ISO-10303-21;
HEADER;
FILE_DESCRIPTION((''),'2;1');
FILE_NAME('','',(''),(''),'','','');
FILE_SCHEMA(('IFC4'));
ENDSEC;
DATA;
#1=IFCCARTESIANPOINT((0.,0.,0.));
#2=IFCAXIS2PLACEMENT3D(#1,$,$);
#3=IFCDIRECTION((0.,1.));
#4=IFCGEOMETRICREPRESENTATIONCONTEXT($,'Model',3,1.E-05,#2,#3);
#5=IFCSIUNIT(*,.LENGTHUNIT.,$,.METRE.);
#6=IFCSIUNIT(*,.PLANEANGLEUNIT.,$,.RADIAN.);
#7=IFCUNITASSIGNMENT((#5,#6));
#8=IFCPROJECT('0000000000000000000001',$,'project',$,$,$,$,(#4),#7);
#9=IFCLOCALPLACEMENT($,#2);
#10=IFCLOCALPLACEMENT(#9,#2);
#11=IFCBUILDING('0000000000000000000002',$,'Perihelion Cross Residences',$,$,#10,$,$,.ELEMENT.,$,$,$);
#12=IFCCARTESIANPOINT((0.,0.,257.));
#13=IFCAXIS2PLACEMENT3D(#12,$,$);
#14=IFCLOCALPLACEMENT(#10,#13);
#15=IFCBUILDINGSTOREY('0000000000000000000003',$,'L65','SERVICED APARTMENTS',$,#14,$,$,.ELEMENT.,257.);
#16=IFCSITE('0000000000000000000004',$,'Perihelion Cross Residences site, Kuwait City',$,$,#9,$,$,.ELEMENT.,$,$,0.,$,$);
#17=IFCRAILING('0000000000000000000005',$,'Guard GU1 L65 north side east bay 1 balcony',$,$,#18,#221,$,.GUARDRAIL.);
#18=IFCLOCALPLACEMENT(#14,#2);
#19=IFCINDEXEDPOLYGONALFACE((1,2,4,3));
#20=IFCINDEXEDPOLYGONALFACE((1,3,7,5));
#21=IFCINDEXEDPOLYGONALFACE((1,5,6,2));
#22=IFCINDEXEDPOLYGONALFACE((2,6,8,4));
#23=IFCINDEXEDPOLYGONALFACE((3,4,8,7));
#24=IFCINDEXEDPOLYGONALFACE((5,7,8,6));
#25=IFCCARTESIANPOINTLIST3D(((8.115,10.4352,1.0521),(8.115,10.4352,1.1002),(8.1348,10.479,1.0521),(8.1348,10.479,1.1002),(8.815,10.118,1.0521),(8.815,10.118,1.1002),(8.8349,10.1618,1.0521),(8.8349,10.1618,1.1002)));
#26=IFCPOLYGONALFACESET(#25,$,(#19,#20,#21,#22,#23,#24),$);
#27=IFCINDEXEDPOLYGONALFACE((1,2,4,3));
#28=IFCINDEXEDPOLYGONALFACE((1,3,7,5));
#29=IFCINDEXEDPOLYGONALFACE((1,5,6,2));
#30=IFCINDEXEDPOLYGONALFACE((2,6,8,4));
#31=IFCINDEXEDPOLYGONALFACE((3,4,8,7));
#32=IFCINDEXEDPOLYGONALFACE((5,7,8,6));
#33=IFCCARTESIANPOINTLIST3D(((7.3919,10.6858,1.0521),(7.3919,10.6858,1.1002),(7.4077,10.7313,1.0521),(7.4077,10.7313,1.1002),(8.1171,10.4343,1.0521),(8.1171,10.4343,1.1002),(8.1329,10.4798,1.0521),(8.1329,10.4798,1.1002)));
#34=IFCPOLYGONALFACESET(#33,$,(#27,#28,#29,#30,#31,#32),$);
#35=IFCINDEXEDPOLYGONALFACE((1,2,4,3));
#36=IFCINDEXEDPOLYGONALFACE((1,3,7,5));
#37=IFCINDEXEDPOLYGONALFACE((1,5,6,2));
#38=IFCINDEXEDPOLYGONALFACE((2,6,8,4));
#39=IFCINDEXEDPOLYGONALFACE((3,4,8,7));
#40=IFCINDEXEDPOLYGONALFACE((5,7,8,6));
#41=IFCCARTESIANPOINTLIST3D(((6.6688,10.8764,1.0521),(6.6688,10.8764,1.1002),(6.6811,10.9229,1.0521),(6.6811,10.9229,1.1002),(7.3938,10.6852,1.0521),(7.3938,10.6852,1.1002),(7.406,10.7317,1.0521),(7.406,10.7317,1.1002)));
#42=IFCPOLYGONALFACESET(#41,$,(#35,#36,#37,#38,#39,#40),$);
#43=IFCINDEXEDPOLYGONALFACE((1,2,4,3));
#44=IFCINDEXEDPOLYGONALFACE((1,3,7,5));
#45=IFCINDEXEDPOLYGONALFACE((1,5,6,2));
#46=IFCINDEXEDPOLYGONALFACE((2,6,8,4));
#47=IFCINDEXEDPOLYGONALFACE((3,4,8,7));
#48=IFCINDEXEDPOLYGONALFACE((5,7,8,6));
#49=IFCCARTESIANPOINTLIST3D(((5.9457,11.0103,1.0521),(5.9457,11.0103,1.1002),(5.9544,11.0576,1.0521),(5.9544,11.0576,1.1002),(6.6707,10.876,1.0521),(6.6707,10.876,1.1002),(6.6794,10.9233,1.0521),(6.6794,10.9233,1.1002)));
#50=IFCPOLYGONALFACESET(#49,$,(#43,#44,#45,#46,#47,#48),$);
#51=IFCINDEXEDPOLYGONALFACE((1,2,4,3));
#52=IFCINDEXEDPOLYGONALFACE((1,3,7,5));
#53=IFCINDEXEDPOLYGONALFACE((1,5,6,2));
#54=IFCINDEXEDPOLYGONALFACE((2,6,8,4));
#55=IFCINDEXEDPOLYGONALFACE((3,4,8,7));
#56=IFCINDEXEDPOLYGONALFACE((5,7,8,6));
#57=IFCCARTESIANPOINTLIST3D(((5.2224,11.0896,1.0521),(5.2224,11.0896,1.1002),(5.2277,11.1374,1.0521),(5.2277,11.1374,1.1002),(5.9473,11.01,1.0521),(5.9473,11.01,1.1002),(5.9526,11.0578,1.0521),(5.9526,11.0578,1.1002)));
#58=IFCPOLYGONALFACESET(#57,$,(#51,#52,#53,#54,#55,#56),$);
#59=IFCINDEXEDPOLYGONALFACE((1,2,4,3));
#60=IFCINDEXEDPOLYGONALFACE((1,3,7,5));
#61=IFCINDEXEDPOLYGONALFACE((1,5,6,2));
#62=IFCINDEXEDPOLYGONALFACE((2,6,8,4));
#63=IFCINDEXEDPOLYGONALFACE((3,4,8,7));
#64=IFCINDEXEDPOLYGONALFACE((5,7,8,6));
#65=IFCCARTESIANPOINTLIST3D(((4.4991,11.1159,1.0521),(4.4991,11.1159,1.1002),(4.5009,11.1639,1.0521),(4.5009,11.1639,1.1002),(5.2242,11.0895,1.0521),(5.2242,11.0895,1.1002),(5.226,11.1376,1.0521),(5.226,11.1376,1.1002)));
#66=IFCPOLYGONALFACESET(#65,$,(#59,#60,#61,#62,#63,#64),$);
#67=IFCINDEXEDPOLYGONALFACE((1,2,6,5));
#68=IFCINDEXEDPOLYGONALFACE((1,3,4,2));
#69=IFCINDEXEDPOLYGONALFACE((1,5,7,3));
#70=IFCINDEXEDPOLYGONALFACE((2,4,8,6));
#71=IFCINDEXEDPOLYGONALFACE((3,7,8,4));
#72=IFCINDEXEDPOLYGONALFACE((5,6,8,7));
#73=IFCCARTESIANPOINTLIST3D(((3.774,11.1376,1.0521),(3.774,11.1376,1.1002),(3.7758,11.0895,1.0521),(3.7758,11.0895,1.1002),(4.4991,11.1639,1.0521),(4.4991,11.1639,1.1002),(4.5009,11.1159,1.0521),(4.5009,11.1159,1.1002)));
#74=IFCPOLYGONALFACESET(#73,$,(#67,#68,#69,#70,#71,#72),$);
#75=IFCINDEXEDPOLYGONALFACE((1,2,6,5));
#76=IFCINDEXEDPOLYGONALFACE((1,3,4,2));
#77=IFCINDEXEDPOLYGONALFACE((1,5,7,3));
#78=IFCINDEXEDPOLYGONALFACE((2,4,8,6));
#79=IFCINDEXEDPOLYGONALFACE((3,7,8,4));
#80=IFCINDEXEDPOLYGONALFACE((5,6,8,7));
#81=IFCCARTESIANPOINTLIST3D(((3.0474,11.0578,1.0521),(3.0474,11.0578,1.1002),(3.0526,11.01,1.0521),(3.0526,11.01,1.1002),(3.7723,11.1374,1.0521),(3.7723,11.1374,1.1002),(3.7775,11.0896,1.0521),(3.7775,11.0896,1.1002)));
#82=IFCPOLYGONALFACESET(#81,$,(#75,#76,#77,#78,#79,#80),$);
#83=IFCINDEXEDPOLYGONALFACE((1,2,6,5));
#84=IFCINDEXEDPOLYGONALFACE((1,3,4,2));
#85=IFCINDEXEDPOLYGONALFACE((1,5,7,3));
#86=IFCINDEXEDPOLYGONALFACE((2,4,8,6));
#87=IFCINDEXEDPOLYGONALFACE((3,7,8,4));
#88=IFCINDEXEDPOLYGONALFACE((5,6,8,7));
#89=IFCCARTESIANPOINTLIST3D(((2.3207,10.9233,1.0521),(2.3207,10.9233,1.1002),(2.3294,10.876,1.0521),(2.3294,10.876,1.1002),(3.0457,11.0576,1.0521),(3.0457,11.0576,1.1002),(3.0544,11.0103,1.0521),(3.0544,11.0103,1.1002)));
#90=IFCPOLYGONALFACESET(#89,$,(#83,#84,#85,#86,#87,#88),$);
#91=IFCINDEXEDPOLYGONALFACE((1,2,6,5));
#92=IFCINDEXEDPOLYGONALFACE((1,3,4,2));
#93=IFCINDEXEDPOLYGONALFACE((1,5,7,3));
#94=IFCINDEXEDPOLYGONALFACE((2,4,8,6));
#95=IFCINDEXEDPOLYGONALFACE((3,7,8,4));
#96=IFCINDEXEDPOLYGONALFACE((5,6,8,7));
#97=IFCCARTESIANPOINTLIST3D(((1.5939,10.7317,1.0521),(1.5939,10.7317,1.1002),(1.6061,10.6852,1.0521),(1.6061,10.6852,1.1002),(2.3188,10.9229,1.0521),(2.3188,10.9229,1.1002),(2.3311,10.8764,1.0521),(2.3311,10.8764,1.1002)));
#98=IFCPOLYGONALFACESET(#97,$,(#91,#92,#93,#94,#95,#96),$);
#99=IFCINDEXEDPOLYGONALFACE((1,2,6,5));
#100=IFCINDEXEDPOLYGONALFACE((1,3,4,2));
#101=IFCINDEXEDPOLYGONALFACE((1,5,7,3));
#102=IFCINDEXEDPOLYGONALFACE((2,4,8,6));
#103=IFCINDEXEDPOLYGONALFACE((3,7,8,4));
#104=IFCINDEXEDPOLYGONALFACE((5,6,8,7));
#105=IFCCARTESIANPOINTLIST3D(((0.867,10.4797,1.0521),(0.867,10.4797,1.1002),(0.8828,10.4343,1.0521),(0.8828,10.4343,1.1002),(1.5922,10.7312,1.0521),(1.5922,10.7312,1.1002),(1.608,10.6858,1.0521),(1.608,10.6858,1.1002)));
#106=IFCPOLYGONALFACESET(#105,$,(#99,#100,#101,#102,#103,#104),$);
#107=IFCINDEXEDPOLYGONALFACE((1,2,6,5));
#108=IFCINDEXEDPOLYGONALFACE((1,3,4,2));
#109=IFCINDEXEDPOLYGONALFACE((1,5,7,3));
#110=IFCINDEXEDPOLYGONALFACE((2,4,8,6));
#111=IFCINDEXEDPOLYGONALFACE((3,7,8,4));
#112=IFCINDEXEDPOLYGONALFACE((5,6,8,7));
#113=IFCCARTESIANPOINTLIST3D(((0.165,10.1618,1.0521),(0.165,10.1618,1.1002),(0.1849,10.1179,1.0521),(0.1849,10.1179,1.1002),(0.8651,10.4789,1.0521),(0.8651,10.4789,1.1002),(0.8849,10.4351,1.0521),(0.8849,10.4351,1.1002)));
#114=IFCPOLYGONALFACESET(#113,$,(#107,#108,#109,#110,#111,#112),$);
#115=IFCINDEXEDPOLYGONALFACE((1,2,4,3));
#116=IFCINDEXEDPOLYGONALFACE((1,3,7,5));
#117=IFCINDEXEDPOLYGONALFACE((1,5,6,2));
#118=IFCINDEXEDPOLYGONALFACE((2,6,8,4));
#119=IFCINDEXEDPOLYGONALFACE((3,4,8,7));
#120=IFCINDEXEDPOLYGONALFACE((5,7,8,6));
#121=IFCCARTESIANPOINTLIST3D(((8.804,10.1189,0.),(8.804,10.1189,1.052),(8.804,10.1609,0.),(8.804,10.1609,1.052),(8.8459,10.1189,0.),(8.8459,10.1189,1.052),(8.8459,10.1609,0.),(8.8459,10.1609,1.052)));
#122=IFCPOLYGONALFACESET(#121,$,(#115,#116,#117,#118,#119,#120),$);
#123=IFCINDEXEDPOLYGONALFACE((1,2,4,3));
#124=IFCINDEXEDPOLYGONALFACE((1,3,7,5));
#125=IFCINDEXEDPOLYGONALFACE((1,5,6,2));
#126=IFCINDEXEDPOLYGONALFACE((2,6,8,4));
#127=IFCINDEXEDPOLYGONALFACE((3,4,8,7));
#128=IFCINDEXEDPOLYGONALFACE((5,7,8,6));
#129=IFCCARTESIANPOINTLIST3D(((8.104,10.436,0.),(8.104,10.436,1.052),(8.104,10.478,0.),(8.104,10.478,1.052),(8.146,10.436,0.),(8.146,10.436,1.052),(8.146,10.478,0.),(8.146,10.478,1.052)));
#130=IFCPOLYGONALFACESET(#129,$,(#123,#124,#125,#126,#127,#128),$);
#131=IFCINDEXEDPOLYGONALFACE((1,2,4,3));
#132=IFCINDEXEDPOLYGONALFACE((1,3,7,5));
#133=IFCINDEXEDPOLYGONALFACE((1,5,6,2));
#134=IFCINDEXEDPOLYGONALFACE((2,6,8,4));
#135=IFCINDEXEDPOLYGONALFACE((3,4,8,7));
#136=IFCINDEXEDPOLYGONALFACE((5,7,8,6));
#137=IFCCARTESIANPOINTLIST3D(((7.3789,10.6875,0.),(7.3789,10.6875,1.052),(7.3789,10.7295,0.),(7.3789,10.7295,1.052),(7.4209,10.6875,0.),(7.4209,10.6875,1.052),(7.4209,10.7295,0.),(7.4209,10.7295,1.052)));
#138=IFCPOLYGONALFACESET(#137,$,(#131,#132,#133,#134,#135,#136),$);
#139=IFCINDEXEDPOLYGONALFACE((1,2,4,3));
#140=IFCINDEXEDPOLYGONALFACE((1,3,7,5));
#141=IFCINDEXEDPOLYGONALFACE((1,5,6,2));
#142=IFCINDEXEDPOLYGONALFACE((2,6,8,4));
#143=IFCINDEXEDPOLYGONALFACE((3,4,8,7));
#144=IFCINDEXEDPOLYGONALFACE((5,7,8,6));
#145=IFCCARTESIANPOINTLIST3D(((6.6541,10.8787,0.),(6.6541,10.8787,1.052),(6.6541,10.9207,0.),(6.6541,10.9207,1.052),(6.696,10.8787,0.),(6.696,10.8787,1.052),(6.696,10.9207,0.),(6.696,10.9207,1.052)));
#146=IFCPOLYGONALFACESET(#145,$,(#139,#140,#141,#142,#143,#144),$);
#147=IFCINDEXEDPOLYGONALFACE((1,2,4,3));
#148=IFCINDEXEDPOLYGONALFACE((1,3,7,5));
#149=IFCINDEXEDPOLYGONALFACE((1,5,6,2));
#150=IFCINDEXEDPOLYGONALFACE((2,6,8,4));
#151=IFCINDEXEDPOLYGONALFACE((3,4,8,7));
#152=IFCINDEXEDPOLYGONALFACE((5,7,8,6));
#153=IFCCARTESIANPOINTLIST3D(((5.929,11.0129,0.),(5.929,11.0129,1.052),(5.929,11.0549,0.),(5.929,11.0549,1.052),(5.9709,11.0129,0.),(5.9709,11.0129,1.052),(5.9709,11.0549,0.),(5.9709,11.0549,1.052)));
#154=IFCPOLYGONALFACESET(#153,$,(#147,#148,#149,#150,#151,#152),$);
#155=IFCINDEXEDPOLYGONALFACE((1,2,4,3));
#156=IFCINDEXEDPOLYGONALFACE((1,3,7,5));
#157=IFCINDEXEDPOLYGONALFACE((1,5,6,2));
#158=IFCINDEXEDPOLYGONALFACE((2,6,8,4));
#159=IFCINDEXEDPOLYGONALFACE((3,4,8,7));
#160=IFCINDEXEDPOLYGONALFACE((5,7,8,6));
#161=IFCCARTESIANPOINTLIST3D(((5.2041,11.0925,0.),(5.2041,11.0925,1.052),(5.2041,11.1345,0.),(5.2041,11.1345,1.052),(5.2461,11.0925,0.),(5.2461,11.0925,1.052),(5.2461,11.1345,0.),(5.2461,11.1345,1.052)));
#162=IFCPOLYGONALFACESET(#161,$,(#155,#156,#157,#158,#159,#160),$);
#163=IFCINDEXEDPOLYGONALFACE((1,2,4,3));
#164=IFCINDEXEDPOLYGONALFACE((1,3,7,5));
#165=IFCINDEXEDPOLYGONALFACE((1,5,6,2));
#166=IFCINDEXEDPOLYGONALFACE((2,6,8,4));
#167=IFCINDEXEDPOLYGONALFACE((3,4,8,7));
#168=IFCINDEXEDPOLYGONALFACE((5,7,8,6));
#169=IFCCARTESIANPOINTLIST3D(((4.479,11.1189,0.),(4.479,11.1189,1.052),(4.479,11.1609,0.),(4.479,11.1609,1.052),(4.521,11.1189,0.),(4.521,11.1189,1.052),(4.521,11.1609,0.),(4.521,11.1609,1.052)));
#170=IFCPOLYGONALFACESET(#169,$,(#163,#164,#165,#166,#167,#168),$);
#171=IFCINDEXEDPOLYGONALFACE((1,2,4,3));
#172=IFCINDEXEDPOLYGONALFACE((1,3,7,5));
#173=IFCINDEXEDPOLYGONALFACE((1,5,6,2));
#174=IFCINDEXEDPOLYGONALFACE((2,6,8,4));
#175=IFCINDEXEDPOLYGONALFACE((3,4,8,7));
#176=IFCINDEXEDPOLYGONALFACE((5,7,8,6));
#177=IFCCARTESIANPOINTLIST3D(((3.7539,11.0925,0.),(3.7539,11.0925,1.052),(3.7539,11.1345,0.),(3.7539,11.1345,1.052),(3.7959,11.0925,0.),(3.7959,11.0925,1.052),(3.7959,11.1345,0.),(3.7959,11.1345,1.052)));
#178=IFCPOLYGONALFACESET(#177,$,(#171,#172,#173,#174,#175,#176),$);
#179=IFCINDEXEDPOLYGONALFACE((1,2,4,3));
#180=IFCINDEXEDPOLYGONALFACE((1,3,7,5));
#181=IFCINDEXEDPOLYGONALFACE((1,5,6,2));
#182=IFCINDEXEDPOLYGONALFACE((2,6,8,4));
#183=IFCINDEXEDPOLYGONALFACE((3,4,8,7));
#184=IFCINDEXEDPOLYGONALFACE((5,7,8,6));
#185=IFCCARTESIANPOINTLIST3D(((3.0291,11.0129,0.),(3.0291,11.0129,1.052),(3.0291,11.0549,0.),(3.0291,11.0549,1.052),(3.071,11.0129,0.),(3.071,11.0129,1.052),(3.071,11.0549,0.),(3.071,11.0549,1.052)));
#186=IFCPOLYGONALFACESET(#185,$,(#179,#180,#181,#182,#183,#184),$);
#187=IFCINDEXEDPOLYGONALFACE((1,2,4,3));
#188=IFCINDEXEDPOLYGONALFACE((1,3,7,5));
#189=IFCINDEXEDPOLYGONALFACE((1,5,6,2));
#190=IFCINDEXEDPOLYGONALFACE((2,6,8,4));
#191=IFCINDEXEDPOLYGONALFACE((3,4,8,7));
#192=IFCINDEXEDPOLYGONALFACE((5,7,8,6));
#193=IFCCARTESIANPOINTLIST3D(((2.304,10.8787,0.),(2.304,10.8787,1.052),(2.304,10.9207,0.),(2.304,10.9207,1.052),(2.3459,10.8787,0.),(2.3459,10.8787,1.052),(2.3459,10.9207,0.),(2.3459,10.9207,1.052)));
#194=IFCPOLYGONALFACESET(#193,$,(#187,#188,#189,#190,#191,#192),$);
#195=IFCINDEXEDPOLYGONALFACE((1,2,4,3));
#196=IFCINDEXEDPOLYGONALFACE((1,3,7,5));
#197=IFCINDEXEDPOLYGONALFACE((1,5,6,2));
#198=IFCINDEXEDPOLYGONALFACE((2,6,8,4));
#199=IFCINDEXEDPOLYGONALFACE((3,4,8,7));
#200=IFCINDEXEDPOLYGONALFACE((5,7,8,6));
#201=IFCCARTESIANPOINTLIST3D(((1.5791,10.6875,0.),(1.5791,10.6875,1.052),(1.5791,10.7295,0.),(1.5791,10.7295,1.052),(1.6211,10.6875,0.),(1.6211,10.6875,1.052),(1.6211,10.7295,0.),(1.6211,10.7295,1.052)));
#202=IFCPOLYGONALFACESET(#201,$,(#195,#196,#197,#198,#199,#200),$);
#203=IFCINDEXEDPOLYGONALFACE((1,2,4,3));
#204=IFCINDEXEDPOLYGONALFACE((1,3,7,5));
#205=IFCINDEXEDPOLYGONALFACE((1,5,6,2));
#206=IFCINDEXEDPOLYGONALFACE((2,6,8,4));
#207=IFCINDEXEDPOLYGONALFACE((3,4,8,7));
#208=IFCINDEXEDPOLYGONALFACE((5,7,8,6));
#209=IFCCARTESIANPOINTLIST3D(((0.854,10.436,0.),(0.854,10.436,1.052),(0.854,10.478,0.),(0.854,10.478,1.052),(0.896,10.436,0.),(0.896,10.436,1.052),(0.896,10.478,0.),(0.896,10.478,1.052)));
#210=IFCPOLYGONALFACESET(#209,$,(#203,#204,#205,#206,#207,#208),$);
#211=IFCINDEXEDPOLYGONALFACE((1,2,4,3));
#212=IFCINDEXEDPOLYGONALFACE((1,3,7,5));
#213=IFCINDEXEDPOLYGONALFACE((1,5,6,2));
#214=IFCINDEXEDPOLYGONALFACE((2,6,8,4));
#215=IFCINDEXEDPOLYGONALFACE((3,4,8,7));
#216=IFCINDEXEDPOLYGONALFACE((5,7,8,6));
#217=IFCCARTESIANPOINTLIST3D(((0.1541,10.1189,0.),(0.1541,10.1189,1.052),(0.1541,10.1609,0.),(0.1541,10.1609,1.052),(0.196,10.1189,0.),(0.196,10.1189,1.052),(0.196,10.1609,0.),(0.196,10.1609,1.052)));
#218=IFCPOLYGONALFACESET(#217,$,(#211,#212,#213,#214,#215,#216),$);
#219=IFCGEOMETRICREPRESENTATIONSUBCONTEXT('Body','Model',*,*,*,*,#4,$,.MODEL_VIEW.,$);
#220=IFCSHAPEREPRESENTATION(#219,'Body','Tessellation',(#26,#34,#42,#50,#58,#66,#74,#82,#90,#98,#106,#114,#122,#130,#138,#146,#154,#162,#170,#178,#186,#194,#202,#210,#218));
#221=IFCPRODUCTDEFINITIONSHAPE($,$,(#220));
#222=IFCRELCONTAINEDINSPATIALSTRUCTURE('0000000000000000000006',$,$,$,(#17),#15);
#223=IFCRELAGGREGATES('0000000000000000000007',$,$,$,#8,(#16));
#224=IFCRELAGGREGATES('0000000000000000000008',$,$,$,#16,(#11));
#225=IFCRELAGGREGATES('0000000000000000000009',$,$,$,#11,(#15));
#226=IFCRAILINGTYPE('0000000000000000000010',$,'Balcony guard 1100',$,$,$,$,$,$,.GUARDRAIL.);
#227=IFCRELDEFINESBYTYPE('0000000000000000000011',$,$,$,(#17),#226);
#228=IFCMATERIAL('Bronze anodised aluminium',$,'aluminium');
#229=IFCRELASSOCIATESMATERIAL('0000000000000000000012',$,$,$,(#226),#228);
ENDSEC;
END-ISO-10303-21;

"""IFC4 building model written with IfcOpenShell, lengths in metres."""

from ifc_helpers import new_model, si_unit, direction, frame, origin, origin_2d, place, context, subcontext, project, spatial, rectangle, extrude, material, type_object, element, save


model = new_model("IFC4")

# Units and contexts
model_context = context("Model", 3, precision=1e-05, world=origin(), true_north=direction((0.0, 1.0)))
body_context = subcontext(model_context, "Body", "Model", "MODEL_VIEW")
ifc_project = project(units=[si_unit("LENGTHUNIT", "METRE"), si_unit("PLANEANGLEUNIT", "RADIAN")], contexts=[model_context])

# Site, building, storey
site_placement = place(None, origin())
site = spatial("IfcSite", under=ifc_project, at=site_placement, Name="Perihelion Cross Residences site, Kuwait City", CompositionType="ELEMENT", RefElevation=0.0)
building_placement = place(site_placement, origin())
building = spatial("IfcBuilding", under=site, at=building_placement, Name="Perihelion Cross Residences", CompositionType="ELEMENT")
storey_placement = place(building_placement, frame((0.0, 0.0, 257.0)))
storey = spatial("IfcBuildingStorey", under=building, at=storey_placement, Name="L65", Description="SERVICED APARTMENTS", CompositionType="ELEMENT", Elevation=257.0)

# Railing
ifc_material_1 = material(Name="Bronze anodised aluminium", Category="aluminium")
railing_type = type_object("IfcRailingType", Name="Balcony guard 1100", PredefinedType="GUARDRAIL", material=ifc_material_1)
railing_placement = place(storey_placement, frame((8.825, 10.1399, 0.0)))
element("IfcRailing", 1, at=railing_placement, inside=storey, type_object=railing_type, Name="Guard GU1 L65 north side east bay 1 balcony", PredefinedType="GUARDRAIL", context=body_context, shape_type="SweptSolid", body=[
    extrude(rectangle(XDim=0.0481, YDim=0.0481, at=origin_2d()), frame((0.0, 0.0, 1.0762), z_axis=(-0.910866, 0.412702, 0.0), x_axis=(-0.412702, -0.910866, 0.0)), (0.0, 0.0, 1.0), 0.7686),
    extrude(rectangle(XDim=0.0481, YDim=0.0481, at=origin_2d()), frame((-0.7, 0.3171, 1.0762), z_axis=(-0.944797, 0.327657, 0.0), x_axis=(-0.327657, -0.944797, 0.0)), (0.0, 0.0, 1.0), 0.7676),
    extrude(rectangle(XDim=0.0481, YDim=0.0481, at=origin_2d()), frame((-1.425, 0.5686, 1.0762), z_axis=(-0.966939, 0.255006, 0.0), x_axis=(-0.255006, -0.966939, 0.0)), (0.0, 0.0, 1.0), 0.7498),
    extrude(rectangle(XDim=0.0481, YDim=0.0481, at=origin_2d()), frame((-2.1499, 0.7598, 1.0762), z_axis=(-0.983282, 0.182089, 0.0), x_axis=(-0.182089, -0.983282, 0.0)), (0.0, 0.0, 1.0), 0.7373),
    extrude(rectangle(XDim=0.0481, YDim=0.0481, at=origin_2d()), frame((-2.875, 0.894, 1.0762), z_axis=(-0.994026, 0.109145, 0.0), x_axis=(-0.109145, -0.994026, 0.0)), (0.0, 0.0, 1.0), 0.7292),
    extrude(rectangle(XDim=0.0481, YDim=0.0481, at=origin_2d()), frame((-3.5999, 0.9736, 1.0762), z_axis=(-0.999339, 0.03634, 0.0), x_axis=(-0.03634, -0.999339, 0.0)), (0.0, 0.0, 1.0), 0.7256),
    extrude(rectangle(XDim=0.0481, YDim=0.0481, at=origin_2d()), frame((-4.325, 1.0, 1.0762), z_axis=(-0.999339, -0.03634, 0.0), x_axis=(0.03634, -0.999339, 0.0)), (0.0, 0.0, 1.0), 0.7256),
    extrude(rectangle(XDim=0.0481, YDim=0.0481, at=origin_2d()), frame((-5.05, 0.9736, 1.0762), z_axis=(-0.994026, -0.109145, 0.0), x_axis=(0.109145, -0.994026, 0.0)), (0.0, 0.0, 1.0), 0.7292),
    extrude(rectangle(XDim=0.0481, YDim=0.0481, at=origin_2d()), frame((-5.7749, 0.894, 1.0762), z_axis=(-0.983282, -0.182089, 0.0), x_axis=(0.182089, -0.983282, 0.0)), (0.0, 0.0, 1.0), 0.7373),
    extrude(rectangle(XDim=0.0481, YDim=0.0481, at=origin_2d()), frame((-6.5, 0.7598, 1.0762), z_axis=(-0.966939, -0.255006, 0.0), x_axis=(0.255006, -0.966939, 0.0)), (0.0, 0.0, 1.0), 0.7498),
    extrude(rectangle(XDim=0.0481, YDim=0.0481, at=origin_2d()), frame((-7.2249, 0.5686, 1.0762), z_axis=(-0.944797, -0.327657, 0.0), x_axis=(0.327657, -0.944797, 0.0)), (0.0, 0.0, 1.0), 0.7676),
    extrude(rectangle(XDim=0.0481, YDim=0.0481, at=origin_2d()), frame((-7.95, 0.3171, 1.0762), z_axis=(-0.910866, -0.412702, 0.0), x_axis=(0.412702, -0.910866, 0.0)), (0.0, 0.0, 1.0), 0.7686),
    extrude(rectangle(XDim=0.042, YDim=0.042, at=origin_2d()), origin(), (0.0, 0.0, 1.0), 1.052),
    extrude(rectangle(XDim=0.042, YDim=0.042, at=origin_2d()), frame((-0.7, 0.3171, 0.0)), (0.0, 0.0, 1.0), 1.052),
    extrude(rectangle(XDim=0.042, YDim=0.042, at=origin_2d()), frame((-1.425, 0.5686, 0.0)), (0.0, 0.0, 1.0), 1.052),
    extrude(rectangle(XDim=0.042, YDim=0.042, at=origin_2d()), frame((-2.1499, 0.7598, 0.0)), (0.0, 0.0, 1.0), 1.052),
    extrude(rectangle(XDim=0.042, YDim=0.042, at=origin_2d()), frame((-2.875, 0.894, 0.0)), (0.0, 0.0, 1.0), 1.052),
    extrude(rectangle(XDim=0.042, YDim=0.042, at=origin_2d()), frame((-3.5999, 0.9736, 0.0)), (0.0, 0.0, 1.0), 1.052),
    extrude(rectangle(XDim=0.042, YDim=0.042, at=origin_2d()), frame((-4.325, 1.0, 0.0)), (0.0, 0.0, 1.0), 1.052),
    extrude(rectangle(XDim=0.042, YDim=0.042, at=origin_2d()), frame((-5.05, 0.9736, 0.0)), (0.0, 0.0, 1.0), 1.052),
    extrude(rectangle(XDim=0.042, YDim=0.042, at=origin_2d()), frame((-5.7749, 0.894, 0.0)), (0.0, 0.0, 1.0), 1.052),
    extrude(rectangle(XDim=0.042, YDim=0.042, at=origin_2d()), frame((-6.5, 0.7598, 0.0)), (0.0, 0.0, 1.0), 1.052),
    extrude(rectangle(XDim=0.042, YDim=0.042, at=origin_2d()), frame((-7.2249, 0.5686, 0.0)), (0.0, 0.0, 1.0), 1.052),
    extrude(rectangle(XDim=0.042, YDim=0.042, at=origin_2d()), frame((-7.95, 0.3171, 0.0)), (0.0, 0.0, 1.0), 1.052),
    extrude(rectangle(XDim=0.042, YDim=0.042, at=origin_2d()), frame((-8.6499, 0.0, 0.0)), (0.0, 0.0, 1.0), 1.052),
])

save(model, "model.ifc")
